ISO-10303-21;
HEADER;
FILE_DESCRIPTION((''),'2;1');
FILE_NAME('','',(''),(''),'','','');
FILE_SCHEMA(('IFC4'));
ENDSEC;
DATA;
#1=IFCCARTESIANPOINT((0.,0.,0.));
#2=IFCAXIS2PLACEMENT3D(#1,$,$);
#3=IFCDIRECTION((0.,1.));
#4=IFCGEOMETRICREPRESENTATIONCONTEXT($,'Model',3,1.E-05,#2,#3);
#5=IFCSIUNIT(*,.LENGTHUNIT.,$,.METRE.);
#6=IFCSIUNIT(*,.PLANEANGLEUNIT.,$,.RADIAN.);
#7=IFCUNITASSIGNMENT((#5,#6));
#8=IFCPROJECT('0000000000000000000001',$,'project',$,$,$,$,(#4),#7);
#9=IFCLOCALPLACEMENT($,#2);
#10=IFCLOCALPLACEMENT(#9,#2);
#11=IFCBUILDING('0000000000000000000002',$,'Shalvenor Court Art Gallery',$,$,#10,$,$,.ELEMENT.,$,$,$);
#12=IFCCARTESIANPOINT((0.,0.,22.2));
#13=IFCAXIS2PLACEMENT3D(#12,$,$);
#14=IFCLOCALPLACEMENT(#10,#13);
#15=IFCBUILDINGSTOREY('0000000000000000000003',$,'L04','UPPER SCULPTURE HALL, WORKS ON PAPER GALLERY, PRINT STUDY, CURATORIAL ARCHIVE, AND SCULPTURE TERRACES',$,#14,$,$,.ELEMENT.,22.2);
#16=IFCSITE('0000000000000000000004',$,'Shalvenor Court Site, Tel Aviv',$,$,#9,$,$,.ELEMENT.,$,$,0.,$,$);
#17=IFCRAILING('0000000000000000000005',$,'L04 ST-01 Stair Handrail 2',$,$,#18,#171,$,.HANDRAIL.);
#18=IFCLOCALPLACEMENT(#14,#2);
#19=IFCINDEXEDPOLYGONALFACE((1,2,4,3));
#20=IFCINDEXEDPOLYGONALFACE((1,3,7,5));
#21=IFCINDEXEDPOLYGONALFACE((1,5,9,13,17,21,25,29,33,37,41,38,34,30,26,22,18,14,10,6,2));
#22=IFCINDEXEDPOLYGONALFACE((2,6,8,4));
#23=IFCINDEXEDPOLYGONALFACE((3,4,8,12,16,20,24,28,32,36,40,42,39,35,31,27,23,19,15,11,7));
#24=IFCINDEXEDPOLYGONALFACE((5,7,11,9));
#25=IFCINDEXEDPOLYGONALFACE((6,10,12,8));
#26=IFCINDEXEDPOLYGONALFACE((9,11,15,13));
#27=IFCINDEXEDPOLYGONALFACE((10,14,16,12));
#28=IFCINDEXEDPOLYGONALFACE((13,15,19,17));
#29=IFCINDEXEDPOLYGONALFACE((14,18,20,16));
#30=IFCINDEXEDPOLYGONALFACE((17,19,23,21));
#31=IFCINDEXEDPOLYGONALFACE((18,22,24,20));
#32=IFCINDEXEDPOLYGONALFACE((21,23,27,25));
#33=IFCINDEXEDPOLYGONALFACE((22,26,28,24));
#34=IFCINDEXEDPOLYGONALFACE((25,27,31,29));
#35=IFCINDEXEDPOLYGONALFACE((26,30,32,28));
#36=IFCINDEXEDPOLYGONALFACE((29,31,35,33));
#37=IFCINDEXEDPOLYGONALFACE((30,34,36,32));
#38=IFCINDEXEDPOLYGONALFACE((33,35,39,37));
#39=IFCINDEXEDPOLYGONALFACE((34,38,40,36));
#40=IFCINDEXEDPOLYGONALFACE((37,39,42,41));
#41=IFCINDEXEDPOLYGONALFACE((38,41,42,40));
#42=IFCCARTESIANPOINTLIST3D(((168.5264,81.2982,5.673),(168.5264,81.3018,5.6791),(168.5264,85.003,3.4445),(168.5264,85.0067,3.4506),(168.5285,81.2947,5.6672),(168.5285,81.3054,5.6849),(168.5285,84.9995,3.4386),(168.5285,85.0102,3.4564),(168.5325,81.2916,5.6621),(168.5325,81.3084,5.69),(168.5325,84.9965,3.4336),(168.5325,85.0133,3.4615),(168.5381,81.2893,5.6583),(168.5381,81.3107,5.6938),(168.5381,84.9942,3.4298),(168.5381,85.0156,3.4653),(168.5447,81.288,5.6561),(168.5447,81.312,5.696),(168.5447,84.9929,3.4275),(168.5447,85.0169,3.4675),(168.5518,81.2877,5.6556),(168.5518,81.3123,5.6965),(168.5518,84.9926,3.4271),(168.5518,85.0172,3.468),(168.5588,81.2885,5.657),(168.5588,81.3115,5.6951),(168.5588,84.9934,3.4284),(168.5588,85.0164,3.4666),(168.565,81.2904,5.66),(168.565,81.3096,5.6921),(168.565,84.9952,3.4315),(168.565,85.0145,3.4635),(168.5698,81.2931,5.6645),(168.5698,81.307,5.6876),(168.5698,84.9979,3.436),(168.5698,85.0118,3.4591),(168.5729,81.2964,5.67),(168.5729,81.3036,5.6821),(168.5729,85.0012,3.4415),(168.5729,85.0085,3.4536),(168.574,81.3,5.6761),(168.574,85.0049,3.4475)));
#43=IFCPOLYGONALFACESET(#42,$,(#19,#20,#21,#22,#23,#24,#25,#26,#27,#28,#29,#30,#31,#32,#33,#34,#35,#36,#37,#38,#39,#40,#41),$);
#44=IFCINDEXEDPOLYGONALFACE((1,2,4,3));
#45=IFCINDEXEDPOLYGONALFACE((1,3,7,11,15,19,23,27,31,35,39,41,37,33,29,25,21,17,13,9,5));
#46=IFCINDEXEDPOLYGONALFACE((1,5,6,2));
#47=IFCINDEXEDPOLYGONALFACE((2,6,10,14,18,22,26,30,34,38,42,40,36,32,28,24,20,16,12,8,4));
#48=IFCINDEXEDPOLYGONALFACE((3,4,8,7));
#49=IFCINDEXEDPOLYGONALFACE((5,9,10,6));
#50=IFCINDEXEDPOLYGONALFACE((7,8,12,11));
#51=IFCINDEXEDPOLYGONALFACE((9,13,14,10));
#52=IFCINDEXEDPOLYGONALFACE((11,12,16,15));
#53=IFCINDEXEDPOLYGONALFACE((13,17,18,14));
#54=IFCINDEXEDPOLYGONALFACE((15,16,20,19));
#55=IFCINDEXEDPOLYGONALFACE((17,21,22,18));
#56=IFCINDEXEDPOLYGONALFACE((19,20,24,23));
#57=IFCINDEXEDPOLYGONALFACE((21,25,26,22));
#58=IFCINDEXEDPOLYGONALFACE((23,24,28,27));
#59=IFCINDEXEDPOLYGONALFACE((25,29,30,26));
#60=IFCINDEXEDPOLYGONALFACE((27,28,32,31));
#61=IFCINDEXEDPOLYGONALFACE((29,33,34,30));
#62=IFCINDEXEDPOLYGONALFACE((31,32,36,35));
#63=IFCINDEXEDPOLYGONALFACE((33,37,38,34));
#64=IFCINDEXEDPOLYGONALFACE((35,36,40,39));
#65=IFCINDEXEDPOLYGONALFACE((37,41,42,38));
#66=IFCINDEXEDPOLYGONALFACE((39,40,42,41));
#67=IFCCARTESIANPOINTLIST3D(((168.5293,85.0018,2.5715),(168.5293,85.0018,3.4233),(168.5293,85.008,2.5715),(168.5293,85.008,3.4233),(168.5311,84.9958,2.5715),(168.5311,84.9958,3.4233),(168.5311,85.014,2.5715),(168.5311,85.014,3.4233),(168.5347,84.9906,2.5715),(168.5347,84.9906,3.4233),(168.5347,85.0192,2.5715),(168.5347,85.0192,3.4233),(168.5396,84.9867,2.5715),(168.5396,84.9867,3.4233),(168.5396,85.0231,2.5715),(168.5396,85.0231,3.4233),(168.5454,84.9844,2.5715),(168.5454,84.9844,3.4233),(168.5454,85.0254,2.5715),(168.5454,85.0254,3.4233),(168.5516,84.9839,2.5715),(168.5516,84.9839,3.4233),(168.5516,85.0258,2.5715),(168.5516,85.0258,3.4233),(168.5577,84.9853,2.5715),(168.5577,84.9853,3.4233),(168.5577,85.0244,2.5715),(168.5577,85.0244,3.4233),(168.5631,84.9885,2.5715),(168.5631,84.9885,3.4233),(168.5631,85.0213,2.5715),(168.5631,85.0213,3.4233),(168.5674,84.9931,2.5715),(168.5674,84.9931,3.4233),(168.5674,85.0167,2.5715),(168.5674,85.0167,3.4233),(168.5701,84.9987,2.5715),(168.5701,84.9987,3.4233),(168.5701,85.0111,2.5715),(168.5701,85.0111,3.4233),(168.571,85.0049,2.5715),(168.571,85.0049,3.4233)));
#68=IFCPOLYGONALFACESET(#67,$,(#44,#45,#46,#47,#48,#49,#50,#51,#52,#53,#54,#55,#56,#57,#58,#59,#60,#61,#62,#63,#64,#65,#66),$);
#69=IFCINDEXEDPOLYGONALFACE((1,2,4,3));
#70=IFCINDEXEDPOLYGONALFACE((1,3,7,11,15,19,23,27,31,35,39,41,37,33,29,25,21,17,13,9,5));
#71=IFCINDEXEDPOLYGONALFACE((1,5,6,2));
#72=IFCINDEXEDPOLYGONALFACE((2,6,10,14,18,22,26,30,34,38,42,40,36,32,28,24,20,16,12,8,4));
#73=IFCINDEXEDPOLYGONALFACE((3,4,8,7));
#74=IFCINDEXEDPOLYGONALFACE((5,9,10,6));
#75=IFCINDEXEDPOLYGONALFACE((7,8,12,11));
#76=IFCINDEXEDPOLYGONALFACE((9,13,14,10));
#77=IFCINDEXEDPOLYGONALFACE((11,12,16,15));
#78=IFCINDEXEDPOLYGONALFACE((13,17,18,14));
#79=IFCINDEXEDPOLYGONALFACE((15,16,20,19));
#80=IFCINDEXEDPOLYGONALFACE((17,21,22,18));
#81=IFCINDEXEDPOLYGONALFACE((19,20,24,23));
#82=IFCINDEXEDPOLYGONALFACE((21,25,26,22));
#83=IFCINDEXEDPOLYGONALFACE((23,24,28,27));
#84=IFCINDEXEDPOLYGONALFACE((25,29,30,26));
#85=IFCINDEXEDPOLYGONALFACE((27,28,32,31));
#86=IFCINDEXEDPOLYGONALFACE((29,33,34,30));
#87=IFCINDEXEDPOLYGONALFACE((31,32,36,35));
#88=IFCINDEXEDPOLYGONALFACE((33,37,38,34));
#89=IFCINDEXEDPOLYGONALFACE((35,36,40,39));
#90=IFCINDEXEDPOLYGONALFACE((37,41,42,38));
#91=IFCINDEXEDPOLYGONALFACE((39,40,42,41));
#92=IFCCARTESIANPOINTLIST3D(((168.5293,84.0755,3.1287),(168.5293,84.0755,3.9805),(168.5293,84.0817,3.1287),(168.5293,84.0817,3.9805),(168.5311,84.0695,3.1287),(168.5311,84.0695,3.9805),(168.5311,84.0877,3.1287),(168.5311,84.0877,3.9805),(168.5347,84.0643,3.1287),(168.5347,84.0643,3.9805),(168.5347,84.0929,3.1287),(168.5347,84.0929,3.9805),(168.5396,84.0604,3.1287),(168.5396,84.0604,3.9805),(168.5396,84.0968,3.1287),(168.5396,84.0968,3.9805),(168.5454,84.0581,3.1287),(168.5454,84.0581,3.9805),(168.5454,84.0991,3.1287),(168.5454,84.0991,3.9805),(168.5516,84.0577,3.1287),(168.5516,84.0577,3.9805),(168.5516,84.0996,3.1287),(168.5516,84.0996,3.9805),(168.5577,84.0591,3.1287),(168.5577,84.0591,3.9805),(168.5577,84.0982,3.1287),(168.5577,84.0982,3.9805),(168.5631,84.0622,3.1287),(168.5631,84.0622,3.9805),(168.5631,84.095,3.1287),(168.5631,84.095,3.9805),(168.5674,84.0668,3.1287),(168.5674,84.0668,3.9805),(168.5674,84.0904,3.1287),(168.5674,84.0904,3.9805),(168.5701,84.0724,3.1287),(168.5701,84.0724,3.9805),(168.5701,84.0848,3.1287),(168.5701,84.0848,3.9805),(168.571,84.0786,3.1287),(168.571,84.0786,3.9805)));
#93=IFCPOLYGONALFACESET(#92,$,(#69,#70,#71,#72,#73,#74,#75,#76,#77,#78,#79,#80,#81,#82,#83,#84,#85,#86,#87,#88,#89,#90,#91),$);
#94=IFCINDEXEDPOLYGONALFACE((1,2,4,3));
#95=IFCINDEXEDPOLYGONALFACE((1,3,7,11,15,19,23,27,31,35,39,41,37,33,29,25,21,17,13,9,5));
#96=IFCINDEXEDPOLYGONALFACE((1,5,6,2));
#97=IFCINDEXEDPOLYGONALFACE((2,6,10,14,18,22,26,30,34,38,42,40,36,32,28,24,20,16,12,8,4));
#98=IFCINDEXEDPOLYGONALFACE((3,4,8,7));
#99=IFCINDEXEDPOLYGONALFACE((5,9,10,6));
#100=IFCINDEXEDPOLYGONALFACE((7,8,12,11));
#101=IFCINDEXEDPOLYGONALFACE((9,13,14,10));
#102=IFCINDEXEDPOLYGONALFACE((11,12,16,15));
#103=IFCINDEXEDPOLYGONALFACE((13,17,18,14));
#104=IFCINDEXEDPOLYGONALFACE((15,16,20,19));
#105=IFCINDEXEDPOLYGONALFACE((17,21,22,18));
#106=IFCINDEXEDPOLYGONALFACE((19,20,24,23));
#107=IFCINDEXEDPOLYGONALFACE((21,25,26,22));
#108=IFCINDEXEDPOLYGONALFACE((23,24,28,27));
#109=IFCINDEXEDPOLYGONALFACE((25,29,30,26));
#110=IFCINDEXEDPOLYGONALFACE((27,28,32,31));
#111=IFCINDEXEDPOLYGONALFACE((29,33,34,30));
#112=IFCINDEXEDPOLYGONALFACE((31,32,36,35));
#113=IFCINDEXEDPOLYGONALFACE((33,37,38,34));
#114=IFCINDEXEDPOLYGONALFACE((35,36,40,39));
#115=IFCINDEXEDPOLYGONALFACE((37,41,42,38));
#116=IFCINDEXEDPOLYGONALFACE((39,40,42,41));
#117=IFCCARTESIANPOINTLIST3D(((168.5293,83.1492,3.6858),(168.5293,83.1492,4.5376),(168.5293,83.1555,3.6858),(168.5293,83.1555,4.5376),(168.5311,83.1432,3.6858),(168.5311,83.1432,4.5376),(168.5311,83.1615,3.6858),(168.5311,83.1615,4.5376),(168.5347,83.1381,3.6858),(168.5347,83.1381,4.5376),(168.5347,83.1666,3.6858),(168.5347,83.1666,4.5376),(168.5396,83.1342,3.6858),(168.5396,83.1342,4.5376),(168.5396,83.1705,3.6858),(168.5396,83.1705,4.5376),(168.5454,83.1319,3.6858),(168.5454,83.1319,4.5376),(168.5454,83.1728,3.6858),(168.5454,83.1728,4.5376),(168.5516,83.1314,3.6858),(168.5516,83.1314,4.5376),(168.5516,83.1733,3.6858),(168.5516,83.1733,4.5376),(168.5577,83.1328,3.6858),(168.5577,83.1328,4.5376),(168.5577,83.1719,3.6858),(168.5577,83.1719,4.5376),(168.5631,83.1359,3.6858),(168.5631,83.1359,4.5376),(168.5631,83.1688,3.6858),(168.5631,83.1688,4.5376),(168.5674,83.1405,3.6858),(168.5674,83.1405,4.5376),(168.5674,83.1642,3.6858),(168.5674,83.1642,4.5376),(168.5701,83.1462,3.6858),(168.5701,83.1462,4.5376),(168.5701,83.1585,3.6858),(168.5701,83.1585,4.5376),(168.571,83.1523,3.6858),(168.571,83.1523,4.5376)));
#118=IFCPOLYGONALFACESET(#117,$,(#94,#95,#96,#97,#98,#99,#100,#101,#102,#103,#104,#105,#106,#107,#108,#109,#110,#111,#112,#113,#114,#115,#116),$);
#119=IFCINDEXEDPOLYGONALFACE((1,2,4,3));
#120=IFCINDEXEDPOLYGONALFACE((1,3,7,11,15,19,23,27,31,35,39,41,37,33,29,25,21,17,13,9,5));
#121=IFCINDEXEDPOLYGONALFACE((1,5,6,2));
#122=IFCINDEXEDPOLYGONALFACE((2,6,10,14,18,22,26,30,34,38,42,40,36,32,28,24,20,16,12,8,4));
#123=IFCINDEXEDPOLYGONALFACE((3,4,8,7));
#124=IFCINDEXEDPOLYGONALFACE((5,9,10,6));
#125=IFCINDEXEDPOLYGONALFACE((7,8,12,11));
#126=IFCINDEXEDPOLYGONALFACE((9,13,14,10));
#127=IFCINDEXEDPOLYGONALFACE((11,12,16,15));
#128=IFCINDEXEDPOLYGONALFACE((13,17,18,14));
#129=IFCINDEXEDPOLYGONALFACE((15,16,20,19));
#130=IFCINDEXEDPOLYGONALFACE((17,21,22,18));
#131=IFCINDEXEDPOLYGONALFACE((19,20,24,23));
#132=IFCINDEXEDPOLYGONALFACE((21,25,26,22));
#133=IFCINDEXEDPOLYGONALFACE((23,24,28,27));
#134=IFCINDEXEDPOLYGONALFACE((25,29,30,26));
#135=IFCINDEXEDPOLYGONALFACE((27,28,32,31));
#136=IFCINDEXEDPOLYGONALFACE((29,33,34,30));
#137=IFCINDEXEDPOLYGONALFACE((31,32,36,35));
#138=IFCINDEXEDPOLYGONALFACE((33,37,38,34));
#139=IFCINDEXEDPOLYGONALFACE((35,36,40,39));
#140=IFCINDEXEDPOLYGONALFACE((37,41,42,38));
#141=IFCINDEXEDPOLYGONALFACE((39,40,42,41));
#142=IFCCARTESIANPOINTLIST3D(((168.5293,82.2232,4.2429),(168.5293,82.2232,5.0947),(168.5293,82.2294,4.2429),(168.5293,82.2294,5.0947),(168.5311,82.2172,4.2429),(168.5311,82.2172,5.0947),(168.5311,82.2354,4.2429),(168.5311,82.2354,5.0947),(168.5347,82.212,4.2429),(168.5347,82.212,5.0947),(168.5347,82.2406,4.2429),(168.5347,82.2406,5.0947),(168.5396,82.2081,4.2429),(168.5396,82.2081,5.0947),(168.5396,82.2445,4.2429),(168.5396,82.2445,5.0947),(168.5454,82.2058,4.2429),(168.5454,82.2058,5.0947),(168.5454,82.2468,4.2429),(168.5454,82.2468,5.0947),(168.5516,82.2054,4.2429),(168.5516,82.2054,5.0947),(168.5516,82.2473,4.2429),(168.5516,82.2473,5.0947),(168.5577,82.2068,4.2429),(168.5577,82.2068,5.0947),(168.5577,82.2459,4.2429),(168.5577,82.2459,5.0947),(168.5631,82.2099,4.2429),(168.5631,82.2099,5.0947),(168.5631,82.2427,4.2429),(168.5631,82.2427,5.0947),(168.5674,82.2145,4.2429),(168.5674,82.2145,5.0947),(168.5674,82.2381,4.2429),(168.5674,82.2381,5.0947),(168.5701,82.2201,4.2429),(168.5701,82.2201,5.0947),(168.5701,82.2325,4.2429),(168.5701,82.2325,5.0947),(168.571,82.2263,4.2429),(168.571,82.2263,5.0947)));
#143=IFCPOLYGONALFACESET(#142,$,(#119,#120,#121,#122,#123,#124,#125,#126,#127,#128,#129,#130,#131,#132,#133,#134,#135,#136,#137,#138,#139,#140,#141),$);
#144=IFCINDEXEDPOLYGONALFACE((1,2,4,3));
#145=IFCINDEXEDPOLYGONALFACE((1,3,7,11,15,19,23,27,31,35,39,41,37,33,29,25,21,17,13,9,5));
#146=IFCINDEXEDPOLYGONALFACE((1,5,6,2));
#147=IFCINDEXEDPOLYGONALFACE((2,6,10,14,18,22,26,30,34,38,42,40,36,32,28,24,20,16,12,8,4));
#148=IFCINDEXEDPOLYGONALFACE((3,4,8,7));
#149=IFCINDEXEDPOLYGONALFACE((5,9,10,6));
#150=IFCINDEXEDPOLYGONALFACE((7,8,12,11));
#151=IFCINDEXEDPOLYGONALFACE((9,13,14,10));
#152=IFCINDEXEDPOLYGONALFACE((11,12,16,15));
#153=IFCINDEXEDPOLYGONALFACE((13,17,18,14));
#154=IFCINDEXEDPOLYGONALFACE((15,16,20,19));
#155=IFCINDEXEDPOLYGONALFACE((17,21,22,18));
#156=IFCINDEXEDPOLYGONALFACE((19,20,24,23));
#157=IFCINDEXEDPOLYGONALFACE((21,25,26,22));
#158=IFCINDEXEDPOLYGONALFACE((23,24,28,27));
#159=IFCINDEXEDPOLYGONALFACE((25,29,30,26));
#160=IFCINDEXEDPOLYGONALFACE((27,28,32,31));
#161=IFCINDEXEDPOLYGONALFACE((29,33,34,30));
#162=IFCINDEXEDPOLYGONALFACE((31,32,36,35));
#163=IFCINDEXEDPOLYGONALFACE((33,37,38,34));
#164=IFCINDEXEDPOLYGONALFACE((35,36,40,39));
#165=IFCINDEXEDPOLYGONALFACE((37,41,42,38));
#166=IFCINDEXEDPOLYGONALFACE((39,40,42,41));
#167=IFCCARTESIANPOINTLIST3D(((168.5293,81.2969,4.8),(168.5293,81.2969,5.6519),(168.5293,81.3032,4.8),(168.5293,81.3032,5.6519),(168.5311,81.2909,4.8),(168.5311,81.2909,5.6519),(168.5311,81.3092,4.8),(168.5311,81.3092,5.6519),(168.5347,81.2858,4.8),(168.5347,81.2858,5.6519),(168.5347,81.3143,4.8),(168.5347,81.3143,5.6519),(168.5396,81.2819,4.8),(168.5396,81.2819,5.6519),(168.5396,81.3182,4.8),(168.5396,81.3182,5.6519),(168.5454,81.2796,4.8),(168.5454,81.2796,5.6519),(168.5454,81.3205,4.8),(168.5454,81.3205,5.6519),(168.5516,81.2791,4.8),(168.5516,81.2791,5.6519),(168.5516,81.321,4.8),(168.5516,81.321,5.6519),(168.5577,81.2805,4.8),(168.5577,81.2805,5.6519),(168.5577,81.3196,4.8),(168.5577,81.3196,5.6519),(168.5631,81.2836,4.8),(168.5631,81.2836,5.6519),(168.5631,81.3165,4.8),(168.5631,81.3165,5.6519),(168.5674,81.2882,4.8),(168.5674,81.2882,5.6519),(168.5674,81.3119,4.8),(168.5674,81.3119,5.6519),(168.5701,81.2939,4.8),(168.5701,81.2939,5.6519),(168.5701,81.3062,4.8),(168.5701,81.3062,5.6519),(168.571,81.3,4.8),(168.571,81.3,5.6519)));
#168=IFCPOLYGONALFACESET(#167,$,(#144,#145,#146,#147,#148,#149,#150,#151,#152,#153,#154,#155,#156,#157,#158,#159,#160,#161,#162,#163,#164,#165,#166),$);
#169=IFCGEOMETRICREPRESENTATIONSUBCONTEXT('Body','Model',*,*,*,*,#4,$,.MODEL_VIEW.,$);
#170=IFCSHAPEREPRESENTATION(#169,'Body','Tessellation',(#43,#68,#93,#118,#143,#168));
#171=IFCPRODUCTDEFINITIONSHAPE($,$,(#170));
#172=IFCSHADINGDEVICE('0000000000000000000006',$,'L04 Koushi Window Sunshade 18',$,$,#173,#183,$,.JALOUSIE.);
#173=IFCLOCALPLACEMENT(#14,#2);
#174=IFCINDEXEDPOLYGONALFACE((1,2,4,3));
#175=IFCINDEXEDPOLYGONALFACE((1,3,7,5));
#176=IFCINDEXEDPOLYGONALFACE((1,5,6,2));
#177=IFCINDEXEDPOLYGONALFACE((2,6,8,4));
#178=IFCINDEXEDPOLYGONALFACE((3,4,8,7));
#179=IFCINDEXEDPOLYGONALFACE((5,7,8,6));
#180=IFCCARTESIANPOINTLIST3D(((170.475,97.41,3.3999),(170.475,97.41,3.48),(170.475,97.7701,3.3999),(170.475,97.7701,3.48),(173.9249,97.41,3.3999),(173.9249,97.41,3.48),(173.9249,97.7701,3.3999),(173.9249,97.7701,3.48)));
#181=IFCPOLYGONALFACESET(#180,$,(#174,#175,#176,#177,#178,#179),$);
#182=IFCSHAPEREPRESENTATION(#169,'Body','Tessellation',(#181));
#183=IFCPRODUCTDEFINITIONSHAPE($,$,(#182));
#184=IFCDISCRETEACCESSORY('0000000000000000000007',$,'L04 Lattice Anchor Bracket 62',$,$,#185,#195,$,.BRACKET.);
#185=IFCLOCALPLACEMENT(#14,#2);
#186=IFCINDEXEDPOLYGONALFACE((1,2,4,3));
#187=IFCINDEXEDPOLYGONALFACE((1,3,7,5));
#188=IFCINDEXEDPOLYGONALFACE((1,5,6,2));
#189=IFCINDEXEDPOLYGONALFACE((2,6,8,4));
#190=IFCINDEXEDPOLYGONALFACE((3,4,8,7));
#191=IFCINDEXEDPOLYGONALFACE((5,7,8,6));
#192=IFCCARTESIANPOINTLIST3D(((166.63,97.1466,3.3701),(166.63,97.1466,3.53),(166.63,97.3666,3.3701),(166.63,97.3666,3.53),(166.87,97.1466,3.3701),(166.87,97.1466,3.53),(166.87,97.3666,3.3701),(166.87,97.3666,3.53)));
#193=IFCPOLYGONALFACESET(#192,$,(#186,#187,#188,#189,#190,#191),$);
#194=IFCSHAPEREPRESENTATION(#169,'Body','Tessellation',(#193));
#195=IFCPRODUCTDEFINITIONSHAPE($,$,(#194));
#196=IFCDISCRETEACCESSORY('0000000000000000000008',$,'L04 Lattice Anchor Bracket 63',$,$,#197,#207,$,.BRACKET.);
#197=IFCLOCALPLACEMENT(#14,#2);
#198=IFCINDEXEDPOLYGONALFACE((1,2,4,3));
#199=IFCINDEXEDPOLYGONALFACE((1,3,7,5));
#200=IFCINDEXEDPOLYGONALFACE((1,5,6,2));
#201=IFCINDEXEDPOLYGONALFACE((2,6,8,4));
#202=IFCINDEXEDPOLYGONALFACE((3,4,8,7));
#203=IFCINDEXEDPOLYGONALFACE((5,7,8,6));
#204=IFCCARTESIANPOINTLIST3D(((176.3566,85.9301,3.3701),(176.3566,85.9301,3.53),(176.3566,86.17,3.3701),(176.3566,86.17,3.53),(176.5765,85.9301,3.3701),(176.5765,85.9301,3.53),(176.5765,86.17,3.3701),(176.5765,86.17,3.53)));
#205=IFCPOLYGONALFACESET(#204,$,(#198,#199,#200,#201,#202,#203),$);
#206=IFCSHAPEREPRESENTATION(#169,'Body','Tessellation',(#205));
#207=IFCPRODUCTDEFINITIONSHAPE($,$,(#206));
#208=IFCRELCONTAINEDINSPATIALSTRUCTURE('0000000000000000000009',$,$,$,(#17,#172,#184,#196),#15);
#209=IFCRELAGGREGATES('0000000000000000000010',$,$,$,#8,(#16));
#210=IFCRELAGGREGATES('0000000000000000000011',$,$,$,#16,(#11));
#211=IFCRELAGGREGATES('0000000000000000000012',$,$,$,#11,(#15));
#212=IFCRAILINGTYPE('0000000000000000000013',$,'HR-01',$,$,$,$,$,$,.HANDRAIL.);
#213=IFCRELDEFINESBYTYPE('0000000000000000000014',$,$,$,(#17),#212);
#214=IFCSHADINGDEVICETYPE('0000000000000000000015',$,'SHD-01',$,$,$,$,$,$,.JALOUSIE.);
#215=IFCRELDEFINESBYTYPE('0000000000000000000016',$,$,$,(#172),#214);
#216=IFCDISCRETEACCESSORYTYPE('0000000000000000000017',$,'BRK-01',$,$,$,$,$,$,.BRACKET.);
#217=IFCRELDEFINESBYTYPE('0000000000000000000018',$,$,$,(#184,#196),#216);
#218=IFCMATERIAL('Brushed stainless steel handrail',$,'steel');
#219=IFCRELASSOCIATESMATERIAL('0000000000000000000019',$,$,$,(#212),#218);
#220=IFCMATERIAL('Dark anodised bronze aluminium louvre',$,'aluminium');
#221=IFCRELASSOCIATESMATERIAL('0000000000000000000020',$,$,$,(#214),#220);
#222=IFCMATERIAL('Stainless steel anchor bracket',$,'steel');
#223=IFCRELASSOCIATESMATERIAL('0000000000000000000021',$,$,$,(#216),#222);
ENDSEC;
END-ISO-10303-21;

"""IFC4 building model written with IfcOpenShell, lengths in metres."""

from ifc_helpers import new_model, si_unit, direction, frame, origin, origin_2d, place, context, subcontext, project, spatial, rectangle, circle, extrude, material, type_object, element, save


model = new_model("IFC4")

# Units and contexts
model_context = context("Model", 3, precision=1e-05, world=origin(), true_north=direction((0.0, 1.0)))
body_context = subcontext(model_context, "Body", "Model", "MODEL_VIEW")
ifc_project = project(units=[si_unit("LENGTHUNIT", "METRE"), si_unit("PLANEANGLEUNIT", "RADIAN")], contexts=[model_context])

# Site, building, storey
site_placement = place(None, origin())
site = spatial("IfcSite", under=ifc_project, at=site_placement, Name="Shalvenor Court Site, Tel Aviv", CompositionType="ELEMENT", RefElevation=0.0)
building_placement = place(site_placement, origin())
building = spatial("IfcBuilding", under=site, at=building_placement, Name="Shalvenor Court Art Gallery", CompositionType="ELEMENT")
storey_placement = place(building_placement, frame((0.0, 0.0, 22.2)))
storey = spatial("IfcBuildingStorey", under=building, at=storey_placement, Name="L04", Description="UPPER SCULPTURE HALL, WORKS ON PAPER GALLERY, PRINT STUDY, CURATORIAL ARCHIVE, AND SCULPTURE TERRACES", CompositionType="ELEMENT", Elevation=22.2)

# Railing
ifc_material_1 = material(Name="Brushed stainless steel handrail", Category="steel")
railing_type_1 = type_object("IfcRailingType", Name="HR-01", PredefinedType="HANDRAIL", material=ifc_material_1)
railing_1_placement = place(storey_placement, frame((168.55, 85.0049, 2.5715)))
element("IfcRailing", 1, at=railing_1_placement, inside=storey, type_object=railing_type_1, Name="L04 ST-01 Stair Handrail 2", PredefinedType="HANDRAIL", context=body_context, shape_type="SweptSolid", body=[
    extrude(circle(Radius=0.0239, at=origin_2d()), frame((0.0, 0.0, 0.876), z_axis=(0.0, -0.856919, 0.51545), x_axis=(1.0, 0.0, 0.0)), (0.0, 0.0, 1.0), 4.3235),
    extrude(circle(Radius=0.021, at=origin_2d()), origin(), (0.0, 0.0, 1.0), 0.8518),
    extrude(circle(Radius=0.021, at=origin_2d()), frame((0.0, -0.9263, 0.5571)), (0.0, 0.0, 1.0), 0.8518),
    extrude(circle(Radius=0.021, at=origin_2d()), frame((0.0, -1.8525, 1.1143)), (0.0, 0.0, 1.0), 0.8518),
    extrude(circle(Radius=0.021, at=origin_2d()), frame((0.0, -2.7786, 1.6714)), (0.0, 0.0, 1.0), 0.8518),
    extrude(circle(Radius=0.021, at=origin_2d()), frame((0.0, -3.7048, 2.2285)), (0.0, 0.0, 1.0), 0.8518),
])

# Shading device
ifc_material_2 = material(Name="Dark anodised bronze aluminium louvre", Category="aluminium")
shading_device_type = type_object("IfcShadingDeviceType", Name="SHD-01", PredefinedType="JALOUSIE", material=ifc_material_2)
shading_device_placement = place(storey_placement, frame((172.2, 97.5901, 3.3999), z_axis=(0.0, 0.0, 1.0), x_axis=(1.0, 0.0, 0.0)))
element("IfcShadingDevice", 2, at=shading_device_placement, inside=storey, type_object=shading_device_type, Name="L04 Koushi Window Sunshade 18", PredefinedType="JALOUSIE", context=body_context, shape_type="SweptSolid", body=[
    extrude(rectangle(XDim=3.45, YDim=0.3601, at=origin_2d()), origin(), (0.0, 0.0, 1.0), 0.0801),
])

# Discrete accessories
ifc_material_3 = material(Name="Stainless steel anchor bracket", Category="steel")
discrete_accessory_type = type_object("IfcDiscreteAccessoryType", Name="BRK-01", PredefinedType="BRACKET", material=ifc_material_3)
for number, where, z_axis, x_axis, name in (
    (3, (166.75, 97.2566, 3.3701), (0.0, 0.0, 1.0), (1.0, 0.0, 0.0), "L04 Lattice Anchor Bracket 62"),
    (4, (176.4666, 86.05, 3.3701), (0.0, 0.0, 1.0), (0.0, -1.0, 0.0), "L04 Lattice Anchor Bracket 63"),
):
    element("IfcDiscreteAccessory", number, at=place(storey_placement, frame(where, z_axis=z_axis, x_axis=x_axis)), inside=storey, type_object=discrete_accessory_type, Name=name, PredefinedType="BRACKET", context=body_context, shape_type="SweptSolid", body=[
        extrude(rectangle(XDim=0.24, YDim=0.22, at=origin_2d()), origin(), (0.0, 0.0, 1.0), 0.1599),
    ])

save(model, "model.ifc")
